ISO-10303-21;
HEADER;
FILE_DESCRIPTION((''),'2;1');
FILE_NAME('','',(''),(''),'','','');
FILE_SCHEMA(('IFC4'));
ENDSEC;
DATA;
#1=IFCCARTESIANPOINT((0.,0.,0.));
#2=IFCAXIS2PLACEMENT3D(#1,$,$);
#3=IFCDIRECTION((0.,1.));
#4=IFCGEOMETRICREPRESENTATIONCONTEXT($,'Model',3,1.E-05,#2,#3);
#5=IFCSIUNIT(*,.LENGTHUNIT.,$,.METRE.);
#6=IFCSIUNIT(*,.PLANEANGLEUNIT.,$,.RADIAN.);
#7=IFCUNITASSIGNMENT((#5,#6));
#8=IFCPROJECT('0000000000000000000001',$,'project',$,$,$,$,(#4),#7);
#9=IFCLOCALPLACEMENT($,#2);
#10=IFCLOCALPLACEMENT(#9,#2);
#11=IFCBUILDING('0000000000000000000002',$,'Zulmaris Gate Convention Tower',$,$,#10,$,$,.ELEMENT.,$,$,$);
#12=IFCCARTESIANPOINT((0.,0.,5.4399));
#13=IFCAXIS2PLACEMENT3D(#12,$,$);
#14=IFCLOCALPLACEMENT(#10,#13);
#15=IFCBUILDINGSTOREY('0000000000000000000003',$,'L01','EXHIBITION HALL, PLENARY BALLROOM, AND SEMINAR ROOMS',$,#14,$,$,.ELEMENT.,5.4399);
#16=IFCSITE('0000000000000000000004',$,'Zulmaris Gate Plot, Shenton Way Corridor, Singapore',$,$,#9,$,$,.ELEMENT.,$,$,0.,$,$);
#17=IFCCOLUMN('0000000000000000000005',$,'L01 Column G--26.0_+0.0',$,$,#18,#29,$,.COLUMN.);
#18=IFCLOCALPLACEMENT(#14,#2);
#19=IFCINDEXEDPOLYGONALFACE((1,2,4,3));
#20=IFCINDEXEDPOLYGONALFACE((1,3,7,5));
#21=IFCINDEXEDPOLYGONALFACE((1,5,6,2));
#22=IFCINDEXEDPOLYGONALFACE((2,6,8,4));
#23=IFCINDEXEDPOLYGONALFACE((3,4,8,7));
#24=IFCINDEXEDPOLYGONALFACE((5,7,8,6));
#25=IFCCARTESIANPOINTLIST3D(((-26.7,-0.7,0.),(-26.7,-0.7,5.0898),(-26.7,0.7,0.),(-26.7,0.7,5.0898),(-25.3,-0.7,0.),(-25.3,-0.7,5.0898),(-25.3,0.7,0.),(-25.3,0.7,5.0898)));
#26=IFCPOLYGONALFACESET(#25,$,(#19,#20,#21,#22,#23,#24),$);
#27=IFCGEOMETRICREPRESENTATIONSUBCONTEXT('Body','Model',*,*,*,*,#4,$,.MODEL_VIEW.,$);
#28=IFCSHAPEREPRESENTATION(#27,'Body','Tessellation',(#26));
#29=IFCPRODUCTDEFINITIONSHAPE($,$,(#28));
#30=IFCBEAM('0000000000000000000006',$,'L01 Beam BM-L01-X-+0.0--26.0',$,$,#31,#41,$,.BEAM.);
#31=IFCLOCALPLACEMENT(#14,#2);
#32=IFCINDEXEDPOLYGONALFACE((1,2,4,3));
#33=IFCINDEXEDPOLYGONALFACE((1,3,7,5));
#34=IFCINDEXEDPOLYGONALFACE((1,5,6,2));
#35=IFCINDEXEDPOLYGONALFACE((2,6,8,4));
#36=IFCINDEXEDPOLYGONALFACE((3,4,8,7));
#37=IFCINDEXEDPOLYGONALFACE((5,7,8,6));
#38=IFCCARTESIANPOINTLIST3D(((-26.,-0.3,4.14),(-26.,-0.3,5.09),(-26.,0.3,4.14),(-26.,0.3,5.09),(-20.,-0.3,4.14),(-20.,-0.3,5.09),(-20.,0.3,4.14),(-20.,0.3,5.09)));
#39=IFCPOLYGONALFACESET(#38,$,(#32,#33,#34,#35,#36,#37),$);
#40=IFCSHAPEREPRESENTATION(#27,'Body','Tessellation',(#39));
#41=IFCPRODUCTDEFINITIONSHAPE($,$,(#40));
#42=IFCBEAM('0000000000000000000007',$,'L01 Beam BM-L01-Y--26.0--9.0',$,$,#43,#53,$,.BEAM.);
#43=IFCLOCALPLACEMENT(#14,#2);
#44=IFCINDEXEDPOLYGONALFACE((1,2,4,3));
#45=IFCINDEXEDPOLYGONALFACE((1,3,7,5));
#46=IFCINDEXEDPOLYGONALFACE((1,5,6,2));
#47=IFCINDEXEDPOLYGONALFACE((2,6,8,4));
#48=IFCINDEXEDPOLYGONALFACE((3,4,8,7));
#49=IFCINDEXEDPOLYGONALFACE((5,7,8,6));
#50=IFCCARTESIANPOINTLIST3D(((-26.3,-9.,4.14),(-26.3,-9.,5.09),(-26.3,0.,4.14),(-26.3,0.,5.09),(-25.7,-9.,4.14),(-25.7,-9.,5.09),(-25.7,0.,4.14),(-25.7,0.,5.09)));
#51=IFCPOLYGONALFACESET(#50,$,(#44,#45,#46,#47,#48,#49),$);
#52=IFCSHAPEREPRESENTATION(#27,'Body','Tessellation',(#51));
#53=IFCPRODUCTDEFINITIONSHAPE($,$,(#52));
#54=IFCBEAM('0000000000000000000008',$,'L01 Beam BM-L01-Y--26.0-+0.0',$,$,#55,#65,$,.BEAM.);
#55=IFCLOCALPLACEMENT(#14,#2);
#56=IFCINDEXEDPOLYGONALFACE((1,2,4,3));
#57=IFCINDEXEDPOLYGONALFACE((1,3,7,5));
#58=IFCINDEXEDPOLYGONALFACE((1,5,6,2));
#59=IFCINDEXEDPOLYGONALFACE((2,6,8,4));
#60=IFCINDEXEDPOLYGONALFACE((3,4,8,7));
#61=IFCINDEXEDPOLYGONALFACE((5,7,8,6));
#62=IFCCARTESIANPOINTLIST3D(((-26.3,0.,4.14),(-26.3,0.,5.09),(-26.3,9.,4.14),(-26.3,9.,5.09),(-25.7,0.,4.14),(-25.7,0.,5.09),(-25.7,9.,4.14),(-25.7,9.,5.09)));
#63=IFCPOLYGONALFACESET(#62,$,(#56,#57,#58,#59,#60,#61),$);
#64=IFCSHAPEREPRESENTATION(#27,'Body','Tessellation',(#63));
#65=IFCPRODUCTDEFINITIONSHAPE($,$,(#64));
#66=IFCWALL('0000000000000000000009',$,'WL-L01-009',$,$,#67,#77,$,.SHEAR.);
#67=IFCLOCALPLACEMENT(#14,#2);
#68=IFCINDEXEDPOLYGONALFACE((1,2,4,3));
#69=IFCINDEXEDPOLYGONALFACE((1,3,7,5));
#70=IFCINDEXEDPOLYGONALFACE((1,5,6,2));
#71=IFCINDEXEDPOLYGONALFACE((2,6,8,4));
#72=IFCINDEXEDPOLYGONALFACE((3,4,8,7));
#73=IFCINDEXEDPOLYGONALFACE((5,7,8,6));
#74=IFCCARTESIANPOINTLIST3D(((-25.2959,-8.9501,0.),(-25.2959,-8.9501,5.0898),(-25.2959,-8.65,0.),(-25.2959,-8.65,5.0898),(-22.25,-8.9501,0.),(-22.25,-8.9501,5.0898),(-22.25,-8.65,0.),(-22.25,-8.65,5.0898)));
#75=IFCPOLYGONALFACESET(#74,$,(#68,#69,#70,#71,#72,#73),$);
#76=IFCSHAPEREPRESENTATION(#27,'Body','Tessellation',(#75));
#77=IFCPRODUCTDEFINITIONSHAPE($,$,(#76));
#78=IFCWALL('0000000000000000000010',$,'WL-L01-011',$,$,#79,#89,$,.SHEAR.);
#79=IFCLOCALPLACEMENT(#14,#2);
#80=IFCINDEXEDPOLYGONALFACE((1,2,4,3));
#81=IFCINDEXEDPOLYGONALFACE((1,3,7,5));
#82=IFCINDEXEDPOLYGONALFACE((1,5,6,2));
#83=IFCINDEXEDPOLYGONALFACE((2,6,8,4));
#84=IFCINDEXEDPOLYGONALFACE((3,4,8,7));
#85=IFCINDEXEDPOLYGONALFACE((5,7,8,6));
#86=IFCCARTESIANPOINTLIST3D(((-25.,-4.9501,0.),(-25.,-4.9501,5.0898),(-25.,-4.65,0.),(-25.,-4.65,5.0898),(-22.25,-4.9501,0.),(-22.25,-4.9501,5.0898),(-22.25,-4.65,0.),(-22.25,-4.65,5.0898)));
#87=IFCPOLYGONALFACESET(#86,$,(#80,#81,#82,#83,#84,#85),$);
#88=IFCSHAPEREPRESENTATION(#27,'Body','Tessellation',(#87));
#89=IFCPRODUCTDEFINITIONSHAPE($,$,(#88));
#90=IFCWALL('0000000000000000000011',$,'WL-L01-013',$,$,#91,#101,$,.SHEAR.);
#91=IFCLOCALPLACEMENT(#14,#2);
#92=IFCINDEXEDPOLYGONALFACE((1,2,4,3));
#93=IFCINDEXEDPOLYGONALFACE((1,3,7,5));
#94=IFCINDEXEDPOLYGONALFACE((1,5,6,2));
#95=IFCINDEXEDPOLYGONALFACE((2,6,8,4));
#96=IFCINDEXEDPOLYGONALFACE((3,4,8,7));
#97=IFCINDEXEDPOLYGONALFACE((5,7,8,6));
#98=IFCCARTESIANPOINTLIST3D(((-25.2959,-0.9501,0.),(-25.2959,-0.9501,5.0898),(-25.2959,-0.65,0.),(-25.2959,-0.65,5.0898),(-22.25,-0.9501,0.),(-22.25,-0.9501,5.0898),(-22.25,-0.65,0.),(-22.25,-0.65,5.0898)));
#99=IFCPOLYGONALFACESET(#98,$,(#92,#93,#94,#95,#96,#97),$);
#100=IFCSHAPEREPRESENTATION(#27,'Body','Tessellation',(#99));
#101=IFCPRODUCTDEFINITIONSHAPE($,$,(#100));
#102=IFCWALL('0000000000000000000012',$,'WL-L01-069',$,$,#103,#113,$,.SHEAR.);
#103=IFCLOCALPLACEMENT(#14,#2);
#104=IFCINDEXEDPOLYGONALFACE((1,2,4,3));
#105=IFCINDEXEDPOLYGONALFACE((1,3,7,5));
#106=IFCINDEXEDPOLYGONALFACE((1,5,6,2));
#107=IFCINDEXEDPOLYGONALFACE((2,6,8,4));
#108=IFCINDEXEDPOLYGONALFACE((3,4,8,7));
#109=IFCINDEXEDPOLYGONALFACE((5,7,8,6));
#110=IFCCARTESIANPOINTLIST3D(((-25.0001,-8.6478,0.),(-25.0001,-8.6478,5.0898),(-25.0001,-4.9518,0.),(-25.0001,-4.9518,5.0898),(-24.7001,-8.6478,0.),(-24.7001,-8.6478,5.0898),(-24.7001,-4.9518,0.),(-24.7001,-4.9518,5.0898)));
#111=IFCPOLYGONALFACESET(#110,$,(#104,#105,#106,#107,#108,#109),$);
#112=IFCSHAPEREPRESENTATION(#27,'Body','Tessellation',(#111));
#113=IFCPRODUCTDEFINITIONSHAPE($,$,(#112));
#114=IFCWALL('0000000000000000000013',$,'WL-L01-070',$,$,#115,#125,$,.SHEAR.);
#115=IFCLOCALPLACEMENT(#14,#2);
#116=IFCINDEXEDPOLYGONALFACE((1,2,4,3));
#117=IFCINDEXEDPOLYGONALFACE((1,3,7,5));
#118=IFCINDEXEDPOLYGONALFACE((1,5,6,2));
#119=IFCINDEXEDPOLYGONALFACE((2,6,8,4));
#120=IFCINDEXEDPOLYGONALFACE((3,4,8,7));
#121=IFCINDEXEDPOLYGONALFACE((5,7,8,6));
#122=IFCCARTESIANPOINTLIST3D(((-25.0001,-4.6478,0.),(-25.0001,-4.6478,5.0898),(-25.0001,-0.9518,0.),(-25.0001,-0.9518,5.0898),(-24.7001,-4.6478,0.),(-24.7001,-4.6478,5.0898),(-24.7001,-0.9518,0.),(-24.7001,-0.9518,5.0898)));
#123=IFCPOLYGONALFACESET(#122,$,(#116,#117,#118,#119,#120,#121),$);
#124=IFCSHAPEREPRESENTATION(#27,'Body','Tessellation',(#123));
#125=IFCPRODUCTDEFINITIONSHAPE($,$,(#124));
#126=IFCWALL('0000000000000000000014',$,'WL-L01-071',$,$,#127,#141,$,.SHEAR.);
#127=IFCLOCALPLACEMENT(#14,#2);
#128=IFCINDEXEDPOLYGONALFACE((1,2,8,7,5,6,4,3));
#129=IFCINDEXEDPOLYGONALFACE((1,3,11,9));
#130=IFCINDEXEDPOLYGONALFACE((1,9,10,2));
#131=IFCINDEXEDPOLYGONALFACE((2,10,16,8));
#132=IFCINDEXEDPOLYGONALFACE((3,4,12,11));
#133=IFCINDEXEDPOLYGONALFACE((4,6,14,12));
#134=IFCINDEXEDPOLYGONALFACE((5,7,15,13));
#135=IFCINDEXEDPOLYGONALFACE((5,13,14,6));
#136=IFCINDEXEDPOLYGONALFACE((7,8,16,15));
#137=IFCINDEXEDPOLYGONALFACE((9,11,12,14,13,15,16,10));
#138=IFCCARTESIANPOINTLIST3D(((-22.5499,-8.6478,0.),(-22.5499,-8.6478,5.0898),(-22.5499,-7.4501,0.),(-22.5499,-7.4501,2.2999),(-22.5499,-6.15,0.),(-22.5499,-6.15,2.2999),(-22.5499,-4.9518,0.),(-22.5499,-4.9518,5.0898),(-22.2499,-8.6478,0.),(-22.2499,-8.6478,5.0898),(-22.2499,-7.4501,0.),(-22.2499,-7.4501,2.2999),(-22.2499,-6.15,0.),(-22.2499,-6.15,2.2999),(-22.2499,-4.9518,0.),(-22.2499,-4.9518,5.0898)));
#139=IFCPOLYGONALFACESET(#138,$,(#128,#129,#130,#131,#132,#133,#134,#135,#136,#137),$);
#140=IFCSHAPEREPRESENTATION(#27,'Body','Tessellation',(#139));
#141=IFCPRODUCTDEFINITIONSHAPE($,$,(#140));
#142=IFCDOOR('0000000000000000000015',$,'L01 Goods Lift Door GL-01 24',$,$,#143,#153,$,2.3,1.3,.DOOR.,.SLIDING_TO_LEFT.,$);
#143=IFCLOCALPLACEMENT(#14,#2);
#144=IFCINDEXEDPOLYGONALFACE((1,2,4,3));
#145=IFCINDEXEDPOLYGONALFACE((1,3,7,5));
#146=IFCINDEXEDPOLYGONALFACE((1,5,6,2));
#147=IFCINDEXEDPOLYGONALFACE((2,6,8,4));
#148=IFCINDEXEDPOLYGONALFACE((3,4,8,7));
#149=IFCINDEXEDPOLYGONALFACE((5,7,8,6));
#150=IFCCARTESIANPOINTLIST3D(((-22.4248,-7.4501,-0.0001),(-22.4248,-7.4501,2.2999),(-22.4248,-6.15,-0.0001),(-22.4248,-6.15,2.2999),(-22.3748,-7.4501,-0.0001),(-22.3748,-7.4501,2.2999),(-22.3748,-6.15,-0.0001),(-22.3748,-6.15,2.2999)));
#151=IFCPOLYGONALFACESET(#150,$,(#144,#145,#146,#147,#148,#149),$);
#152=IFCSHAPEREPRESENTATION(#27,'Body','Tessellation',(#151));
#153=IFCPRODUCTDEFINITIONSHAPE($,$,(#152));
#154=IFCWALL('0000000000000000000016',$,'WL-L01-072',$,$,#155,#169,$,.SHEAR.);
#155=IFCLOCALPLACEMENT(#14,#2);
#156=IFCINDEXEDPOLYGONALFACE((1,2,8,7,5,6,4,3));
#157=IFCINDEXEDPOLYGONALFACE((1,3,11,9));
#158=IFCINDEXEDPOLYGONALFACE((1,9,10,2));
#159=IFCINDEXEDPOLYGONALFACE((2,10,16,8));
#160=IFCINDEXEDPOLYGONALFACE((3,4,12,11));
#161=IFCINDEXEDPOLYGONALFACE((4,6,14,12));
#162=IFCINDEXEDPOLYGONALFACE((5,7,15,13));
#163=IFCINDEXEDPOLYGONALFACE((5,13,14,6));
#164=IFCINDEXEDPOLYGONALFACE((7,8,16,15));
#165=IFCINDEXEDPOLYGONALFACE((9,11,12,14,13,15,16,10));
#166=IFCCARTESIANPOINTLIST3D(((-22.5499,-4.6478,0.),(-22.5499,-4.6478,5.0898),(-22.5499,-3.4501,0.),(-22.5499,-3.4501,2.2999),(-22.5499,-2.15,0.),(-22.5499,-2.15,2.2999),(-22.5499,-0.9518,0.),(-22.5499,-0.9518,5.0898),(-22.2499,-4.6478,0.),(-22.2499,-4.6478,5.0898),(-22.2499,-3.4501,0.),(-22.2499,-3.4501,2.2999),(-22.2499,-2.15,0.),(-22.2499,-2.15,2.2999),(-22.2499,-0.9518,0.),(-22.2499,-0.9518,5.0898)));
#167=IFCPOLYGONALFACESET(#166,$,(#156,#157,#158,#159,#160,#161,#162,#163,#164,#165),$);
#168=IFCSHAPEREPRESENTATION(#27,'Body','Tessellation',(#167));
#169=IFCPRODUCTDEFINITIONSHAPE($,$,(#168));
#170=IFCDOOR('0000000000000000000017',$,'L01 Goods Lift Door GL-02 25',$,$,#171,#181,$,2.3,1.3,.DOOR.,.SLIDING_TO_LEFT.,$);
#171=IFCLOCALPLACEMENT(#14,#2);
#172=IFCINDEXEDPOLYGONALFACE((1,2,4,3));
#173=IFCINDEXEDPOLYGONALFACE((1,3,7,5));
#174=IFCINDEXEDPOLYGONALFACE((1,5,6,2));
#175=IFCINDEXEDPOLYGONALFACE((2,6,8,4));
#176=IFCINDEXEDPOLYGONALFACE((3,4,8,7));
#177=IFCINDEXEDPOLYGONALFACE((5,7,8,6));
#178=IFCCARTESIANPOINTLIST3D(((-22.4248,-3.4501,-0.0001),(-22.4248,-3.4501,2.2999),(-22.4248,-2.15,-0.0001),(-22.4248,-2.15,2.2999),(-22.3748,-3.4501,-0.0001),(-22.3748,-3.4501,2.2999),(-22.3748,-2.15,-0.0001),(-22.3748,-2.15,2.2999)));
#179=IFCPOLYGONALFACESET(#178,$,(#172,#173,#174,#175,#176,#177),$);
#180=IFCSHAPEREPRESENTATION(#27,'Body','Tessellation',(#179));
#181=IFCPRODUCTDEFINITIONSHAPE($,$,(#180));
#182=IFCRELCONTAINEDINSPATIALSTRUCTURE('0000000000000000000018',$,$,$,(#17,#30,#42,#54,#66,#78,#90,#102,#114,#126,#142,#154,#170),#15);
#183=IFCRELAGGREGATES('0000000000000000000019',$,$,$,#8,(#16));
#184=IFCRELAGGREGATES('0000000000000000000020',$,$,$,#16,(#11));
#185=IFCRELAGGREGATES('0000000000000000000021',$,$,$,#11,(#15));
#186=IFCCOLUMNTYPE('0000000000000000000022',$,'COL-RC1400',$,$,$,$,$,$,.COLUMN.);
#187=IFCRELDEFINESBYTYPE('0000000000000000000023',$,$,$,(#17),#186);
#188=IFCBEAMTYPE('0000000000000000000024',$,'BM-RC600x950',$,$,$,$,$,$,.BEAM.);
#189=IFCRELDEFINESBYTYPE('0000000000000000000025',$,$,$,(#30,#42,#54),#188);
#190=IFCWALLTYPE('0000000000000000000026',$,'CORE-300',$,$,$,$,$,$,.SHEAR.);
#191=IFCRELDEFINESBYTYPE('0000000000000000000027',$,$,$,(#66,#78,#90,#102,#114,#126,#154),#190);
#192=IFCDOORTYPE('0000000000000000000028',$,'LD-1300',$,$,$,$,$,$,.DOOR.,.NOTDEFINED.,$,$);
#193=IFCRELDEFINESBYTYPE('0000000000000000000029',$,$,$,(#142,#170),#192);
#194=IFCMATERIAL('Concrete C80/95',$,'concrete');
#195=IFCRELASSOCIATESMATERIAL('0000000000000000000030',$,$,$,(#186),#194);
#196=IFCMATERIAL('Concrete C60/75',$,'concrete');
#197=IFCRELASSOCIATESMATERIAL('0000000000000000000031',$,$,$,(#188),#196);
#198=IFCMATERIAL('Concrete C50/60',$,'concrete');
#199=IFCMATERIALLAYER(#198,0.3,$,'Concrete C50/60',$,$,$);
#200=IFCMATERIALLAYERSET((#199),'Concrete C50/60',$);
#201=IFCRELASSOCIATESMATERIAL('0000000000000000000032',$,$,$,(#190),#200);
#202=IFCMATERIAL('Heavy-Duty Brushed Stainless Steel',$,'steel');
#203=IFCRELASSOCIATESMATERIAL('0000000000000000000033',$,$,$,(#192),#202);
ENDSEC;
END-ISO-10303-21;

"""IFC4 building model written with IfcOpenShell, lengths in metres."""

from ifc_helpers import new_model, si_unit, direction, frame, frame_2d, origin, origin_2d, place, context, subcontext, project, spatial, rectangle, extrude, material, layer, layer_set, material_profile, profile_set, type_object, element, fill, save


model = new_model("IFC4")

# Units and contexts
model_context = context("Model", 3, precision=1e-05, world=origin(), true_north=direction((0.0, 1.0)))
body_context = subcontext(model_context, "Body", "Model", "MODEL_VIEW")
ifc_project = project(units=[si_unit("LENGTHUNIT", "METRE"), si_unit("PLANEANGLEUNIT", "RADIAN")], contexts=[model_context])

# Site, building, storey
site_placement = place(None, origin())
site = spatial("IfcSite", under=ifc_project, at=site_placement, Name="Zulmaris Gate Plot, Shenton Way Corridor, Singapore", CompositionType="ELEMENT", RefElevation=0.0)
building_placement = place(site_placement, origin())
building = spatial("IfcBuilding", under=site, at=building_placement, Name="Zulmaris Gate Convention Tower", CompositionType="ELEMENT")
storey_placement = place(building_placement, frame((0.0, 0.0, 5.4399)))
storey = spatial("IfcBuildingStorey", under=building, at=storey_placement, Name="L01", Description="EXHIBITION HALL, PLENARY BALLROOM, AND SEMINAR ROOMS", CompositionType="ELEMENT", Elevation=5.4399)

# Column
ifc_material_1 = material(Name="Concrete C80/95", Category="concrete")
ifc_material_profile_1 = material_profile(ifc_material_1, rectangle(XDim=1.3999, YDim=1.3999, at=origin_2d()), Name="RC COL 1400x1400")
ifc_profile_set_1 = profile_set([ifc_material_profile_1], Name="Concrete C80/95")
column_type = type_object("IfcColumnType", Name="COL-RC1400", PredefinedType="COLUMN", material=ifc_profile_set_1)
column_placement = place(storey_placement, frame((-26.0, 0.0, 0.0), z_axis=(0.0, 0.0, 1.0), x_axis=(1.0, 0.0, 0.0)))
element("IfcColumn", 1, at=column_placement, inside=storey, type_object=column_type, Name="L01 Column G--26.0_+0.0", PredefinedType="COLUMN", context=body_context, shape_type="SweptSolid", body=[
    extrude(rectangle(XDim=1.3999, YDim=1.3999, at=origin_2d()), origin(), (0.0, 0.0, 1.0), 5.0898),
])

# Beams
ifc_material_2 = material(Name="Concrete C60/75", Category="concrete")
ifc_material_profile_2 = material_profile(ifc_material_2, rectangle(XDim=0.6001, YDim=0.95, at=origin_2d()), Name="RC BEAM 600x950")
ifc_profile_set_2 = profile_set([ifc_material_profile_2], Name="Concrete C60/75")
beam_type = type_object("IfcBeamType", Name="BM-RC600x950", PredefinedType="BEAM", material=ifc_profile_set_2)
beam_placement = place(storey_placement, frame((-26.0, 0.0, 4.615), z_axis=(1.0, 0.0, 0.0), x_axis=(0.0, 1.0, 0.0)))
element("IfcBeam", 2, at=beam_placement, inside=storey, type_object=beam_type, Name="L01 Beam BM-L01-X-+0.0--26.0", PredefinedType="BEAM", context=body_context, shape_type="SweptSolid", body=[
    extrude(rectangle(XDim=0.6001, YDim=0.95, at=origin_2d()), origin(), (0.0, 0.0, 1.0), 6.0),
])
for number, where, z_axis, x_axis, name in (
    (3, (-26.0, -9.0, 4.615), (0.0, 1.0, 0.0), (-1.0, 0.0, 0.0), "L01 Beam BM-L01-Y--26.0--9.0"),
    (4, (-26.0, 0.0, 4.615), (0.0, 1.0, 0.0), (-1.0, 0.0, 0.0), "L01 Beam BM-L01-Y--26.0-+0.0"),
):
    element("IfcBeam", number, at=place(storey_placement, frame(where, z_axis=z_axis, x_axis=x_axis)), inside=storey, type_object=beam_type, Name=name, PredefinedType="BEAM", context=body_context, shape_type="SweptSolid", body=[
        extrude(rectangle(XDim=0.6001, YDim=0.95, at=origin_2d()), origin(), (0.0, 0.0, 1.0), 9.0),
    ])

# Walls
ifc_material_3 = material(Name="Concrete C50/60", Category="concrete")
ifc_layer_1 = layer(ifc_material_3, 0.3, Name="Concrete C50/60")
ifc_layer_set_1 = layer_set([ifc_layer_1], Name="Concrete C50/60")
wall_type_1 = type_object("IfcWallType", Name="CORE-300", PredefinedType="SHEAR", material=ifc_layer_set_1)
wall_1_placement = place(storey_placement, frame((-25.2959, -8.8, 0.0), z_axis=(0.0, 0.0, 1.0), x_axis=(1.0, 0.0, 0.0)))
element("IfcWall", 5, at=wall_1_placement, inside=storey, type_object=wall_type_1, Name="WL-L01-009", PredefinedType="SHEAR", context=body_context, shape_type="SweptSolid", body=[
    extrude(rectangle(XDim=3.0459, YDim=0.3, at=frame_2d((1.5229, 0.0))), origin(), (0.0, 0.0, 1.0), 5.0898),
])
wall_2_placement = place(storey_placement, frame((-25.0, -4.8, 0.0), z_axis=(0.0, 0.0, 1.0), x_axis=(1.0, 0.0, 0.0)))
element("IfcWall", 6, at=wall_2_placement, inside=storey, type_object=wall_type_1, Name="WL-L01-011", PredefinedType="SHEAR", context=body_context, shape_type="SweptSolid", body=[
    extrude(rectangle(XDim=2.75, YDim=0.3, at=frame_2d((1.375, 0.0))), origin(), (0.0, 0.0, 1.0), 5.0898),
])
wall_3_placement = place(storey_placement, frame((-25.2959, -0.8, 0.0), z_axis=(0.0, 0.0, 1.0), x_axis=(1.0, 0.0, 0.0)))
element("IfcWall", 7, at=wall_3_placement, inside=storey, type_object=wall_type_1, Name="WL-L01-013", PredefinedType="SHEAR", context=body_context, shape_type="SweptSolid", body=[
    extrude(rectangle(XDim=3.0459, YDim=0.3, at=frame_2d((1.5229, 0.0))), origin(), (0.0, 0.0, 1.0), 5.0898),
])
for number, where, z_axis, x_axis, name in (
    (8, (-24.8501, -8.6479, 0.0), (0.0, 0.0, 1.0), (0.0, 1.0, 0.0), "WL-L01-069"),
    (9, (-24.8501, -4.6479, 0.0), (0.0, 0.0, 1.0), (0.0, 1.0, 0.0), "WL-L01-070"),
):
    element("IfcWall", number, at=place(storey_placement, frame(where, z_axis=z_axis, x_axis=x_axis)), inside=storey, type_object=wall_type_1, Name=name, PredefinedType="SHEAR", context=body_context, shape_type="SweptSolid", body=[
        extrude(rectangle(XDim=3.696, YDim=0.3, at=frame_2d((1.8481, 0.0))), origin(), (0.0, 0.0, 1.0), 5.0898),
    ])

# Walls, openings, doors
wall_4_placement = place(storey_placement, frame((-22.3999, -8.6479, 0.0), z_axis=(0.0, 0.0, 1.0), x_axis=(0.0, 1.0, 0.0)))
wall_4 = element("IfcWall", 10, at=wall_4_placement, inside=storey, type_object=wall_type_1, Name="WL-L01-071", PredefinedType="SHEAR", context=body_context, shape_type="SweptSolid", body=[
    extrude(rectangle(XDim=3.696, YDim=0.3, at=frame_2d((1.8481, 0.0))), origin(), (0.0, 0.0, 1.0), 5.0898),
])
opening_1_placement = place(wall_4_placement, frame((1.198, 0.0, 0.0)))
opening_1 = element("IfcOpeningElement", 11, at=opening_1_placement, cuts=wall_4, PredefinedType="OPENING", context=body_context, shape_type="SweptSolid", body=[
    extrude(rectangle(XDim=1.3, YDim=2.3, at=frame_2d((0.6499, 1.1499))), frame((0.0, 0.1602, 0.0), z_axis=(0.0, -1.0, 0.0), x_axis=(1.0, 0.0, 0.0)), (0.0, 0.0, 1.0), 0.3201),
])
ifc_material_4 = material(Name="Heavy-Duty Brushed Stainless Steel", Category="steel")
door_type_1 = type_object("IfcDoorType", Name="LD-1300", OperationType="NOTDEFINED", PredefinedType="DOOR", material=ifc_material_4)
door_1_placement = place(opening_1_placement, origin())
door_1 = element("IfcDoor", 12, at=door_1_placement, inside=storey, type_object=door_type_1, Name="L01 Goods Lift Door GL-01 24", OperationType="SLIDING_TO_LEFT", OverallHeight=2.3, OverallWidth=1.3, PredefinedType="DOOR", context=body_context, shape_type="SweptSolid", body=[
    extrude(rectangle(XDim=1.3, YDim=2.3, at=frame_2d((0.6499, 1.1499))), frame((0.0, 0.0249, 0.0), z_axis=(0.0, -1.0, 0.0), x_axis=(1.0, 0.0, 0.0)), (0.0, 0.0, 1.0), 0.05),
])
fill(opening_1, door_1)
wall_5_placement = place(storey_placement, frame((-22.3999, -4.6479, 0.0), z_axis=(0.0, 0.0, 1.0), x_axis=(0.0, 1.0, 0.0)))
wall_5 = element("IfcWall", 13, at=wall_5_placement, inside=storey, type_object=wall_type_1, Name="WL-L01-072", PredefinedType="SHEAR", context=body_context, shape_type="SweptSolid", body=[
    extrude(rectangle(XDim=3.696, YDim=0.3, at=frame_2d((1.8481, 0.0))), origin(), (0.0, 0.0, 1.0), 5.0898),
])
opening_2_placement = place(wall_5_placement, frame((1.198, 0.0, 0.0)))
opening_2 = element("IfcOpeningElement", 14, at=opening_2_placement, cuts=wall_5, PredefinedType="OPENING", context=body_context, shape_type="SweptSolid", body=[
    extrude(rectangle(XDim=1.3, YDim=2.3, at=frame_2d((0.6499, 1.1499))), frame((0.0, 0.1602, 0.0), z_axis=(0.0, -1.0, 0.0), x_axis=(1.0, 0.0, 0.0)), (0.0, 0.0, 1.0), 0.3201),
])
door_2_placement = place(opening_2_placement, origin())
door_2 = element("IfcDoor", 15, at=door_2_placement, inside=storey, type_object=door_type_1, Name="L01 Goods Lift Door GL-02 25", OperationType="SLIDING_TO_LEFT", OverallHeight=2.3, OverallWidth=1.3, PredefinedType="DOOR", context=body_context, shape_type="SweptSolid", body=[
    extrude(rectangle(XDim=1.3, YDim=2.3, at=frame_2d((0.6499, 1.1499))), frame((0.0, 0.0249, 0.0), z_axis=(0.0, -1.0, 0.0), x_axis=(1.0, 0.0, 0.0)), (0.0, 0.0, 1.0), 0.05),
])
fill(opening_2, door_2)

save(model, "model.ifc")
